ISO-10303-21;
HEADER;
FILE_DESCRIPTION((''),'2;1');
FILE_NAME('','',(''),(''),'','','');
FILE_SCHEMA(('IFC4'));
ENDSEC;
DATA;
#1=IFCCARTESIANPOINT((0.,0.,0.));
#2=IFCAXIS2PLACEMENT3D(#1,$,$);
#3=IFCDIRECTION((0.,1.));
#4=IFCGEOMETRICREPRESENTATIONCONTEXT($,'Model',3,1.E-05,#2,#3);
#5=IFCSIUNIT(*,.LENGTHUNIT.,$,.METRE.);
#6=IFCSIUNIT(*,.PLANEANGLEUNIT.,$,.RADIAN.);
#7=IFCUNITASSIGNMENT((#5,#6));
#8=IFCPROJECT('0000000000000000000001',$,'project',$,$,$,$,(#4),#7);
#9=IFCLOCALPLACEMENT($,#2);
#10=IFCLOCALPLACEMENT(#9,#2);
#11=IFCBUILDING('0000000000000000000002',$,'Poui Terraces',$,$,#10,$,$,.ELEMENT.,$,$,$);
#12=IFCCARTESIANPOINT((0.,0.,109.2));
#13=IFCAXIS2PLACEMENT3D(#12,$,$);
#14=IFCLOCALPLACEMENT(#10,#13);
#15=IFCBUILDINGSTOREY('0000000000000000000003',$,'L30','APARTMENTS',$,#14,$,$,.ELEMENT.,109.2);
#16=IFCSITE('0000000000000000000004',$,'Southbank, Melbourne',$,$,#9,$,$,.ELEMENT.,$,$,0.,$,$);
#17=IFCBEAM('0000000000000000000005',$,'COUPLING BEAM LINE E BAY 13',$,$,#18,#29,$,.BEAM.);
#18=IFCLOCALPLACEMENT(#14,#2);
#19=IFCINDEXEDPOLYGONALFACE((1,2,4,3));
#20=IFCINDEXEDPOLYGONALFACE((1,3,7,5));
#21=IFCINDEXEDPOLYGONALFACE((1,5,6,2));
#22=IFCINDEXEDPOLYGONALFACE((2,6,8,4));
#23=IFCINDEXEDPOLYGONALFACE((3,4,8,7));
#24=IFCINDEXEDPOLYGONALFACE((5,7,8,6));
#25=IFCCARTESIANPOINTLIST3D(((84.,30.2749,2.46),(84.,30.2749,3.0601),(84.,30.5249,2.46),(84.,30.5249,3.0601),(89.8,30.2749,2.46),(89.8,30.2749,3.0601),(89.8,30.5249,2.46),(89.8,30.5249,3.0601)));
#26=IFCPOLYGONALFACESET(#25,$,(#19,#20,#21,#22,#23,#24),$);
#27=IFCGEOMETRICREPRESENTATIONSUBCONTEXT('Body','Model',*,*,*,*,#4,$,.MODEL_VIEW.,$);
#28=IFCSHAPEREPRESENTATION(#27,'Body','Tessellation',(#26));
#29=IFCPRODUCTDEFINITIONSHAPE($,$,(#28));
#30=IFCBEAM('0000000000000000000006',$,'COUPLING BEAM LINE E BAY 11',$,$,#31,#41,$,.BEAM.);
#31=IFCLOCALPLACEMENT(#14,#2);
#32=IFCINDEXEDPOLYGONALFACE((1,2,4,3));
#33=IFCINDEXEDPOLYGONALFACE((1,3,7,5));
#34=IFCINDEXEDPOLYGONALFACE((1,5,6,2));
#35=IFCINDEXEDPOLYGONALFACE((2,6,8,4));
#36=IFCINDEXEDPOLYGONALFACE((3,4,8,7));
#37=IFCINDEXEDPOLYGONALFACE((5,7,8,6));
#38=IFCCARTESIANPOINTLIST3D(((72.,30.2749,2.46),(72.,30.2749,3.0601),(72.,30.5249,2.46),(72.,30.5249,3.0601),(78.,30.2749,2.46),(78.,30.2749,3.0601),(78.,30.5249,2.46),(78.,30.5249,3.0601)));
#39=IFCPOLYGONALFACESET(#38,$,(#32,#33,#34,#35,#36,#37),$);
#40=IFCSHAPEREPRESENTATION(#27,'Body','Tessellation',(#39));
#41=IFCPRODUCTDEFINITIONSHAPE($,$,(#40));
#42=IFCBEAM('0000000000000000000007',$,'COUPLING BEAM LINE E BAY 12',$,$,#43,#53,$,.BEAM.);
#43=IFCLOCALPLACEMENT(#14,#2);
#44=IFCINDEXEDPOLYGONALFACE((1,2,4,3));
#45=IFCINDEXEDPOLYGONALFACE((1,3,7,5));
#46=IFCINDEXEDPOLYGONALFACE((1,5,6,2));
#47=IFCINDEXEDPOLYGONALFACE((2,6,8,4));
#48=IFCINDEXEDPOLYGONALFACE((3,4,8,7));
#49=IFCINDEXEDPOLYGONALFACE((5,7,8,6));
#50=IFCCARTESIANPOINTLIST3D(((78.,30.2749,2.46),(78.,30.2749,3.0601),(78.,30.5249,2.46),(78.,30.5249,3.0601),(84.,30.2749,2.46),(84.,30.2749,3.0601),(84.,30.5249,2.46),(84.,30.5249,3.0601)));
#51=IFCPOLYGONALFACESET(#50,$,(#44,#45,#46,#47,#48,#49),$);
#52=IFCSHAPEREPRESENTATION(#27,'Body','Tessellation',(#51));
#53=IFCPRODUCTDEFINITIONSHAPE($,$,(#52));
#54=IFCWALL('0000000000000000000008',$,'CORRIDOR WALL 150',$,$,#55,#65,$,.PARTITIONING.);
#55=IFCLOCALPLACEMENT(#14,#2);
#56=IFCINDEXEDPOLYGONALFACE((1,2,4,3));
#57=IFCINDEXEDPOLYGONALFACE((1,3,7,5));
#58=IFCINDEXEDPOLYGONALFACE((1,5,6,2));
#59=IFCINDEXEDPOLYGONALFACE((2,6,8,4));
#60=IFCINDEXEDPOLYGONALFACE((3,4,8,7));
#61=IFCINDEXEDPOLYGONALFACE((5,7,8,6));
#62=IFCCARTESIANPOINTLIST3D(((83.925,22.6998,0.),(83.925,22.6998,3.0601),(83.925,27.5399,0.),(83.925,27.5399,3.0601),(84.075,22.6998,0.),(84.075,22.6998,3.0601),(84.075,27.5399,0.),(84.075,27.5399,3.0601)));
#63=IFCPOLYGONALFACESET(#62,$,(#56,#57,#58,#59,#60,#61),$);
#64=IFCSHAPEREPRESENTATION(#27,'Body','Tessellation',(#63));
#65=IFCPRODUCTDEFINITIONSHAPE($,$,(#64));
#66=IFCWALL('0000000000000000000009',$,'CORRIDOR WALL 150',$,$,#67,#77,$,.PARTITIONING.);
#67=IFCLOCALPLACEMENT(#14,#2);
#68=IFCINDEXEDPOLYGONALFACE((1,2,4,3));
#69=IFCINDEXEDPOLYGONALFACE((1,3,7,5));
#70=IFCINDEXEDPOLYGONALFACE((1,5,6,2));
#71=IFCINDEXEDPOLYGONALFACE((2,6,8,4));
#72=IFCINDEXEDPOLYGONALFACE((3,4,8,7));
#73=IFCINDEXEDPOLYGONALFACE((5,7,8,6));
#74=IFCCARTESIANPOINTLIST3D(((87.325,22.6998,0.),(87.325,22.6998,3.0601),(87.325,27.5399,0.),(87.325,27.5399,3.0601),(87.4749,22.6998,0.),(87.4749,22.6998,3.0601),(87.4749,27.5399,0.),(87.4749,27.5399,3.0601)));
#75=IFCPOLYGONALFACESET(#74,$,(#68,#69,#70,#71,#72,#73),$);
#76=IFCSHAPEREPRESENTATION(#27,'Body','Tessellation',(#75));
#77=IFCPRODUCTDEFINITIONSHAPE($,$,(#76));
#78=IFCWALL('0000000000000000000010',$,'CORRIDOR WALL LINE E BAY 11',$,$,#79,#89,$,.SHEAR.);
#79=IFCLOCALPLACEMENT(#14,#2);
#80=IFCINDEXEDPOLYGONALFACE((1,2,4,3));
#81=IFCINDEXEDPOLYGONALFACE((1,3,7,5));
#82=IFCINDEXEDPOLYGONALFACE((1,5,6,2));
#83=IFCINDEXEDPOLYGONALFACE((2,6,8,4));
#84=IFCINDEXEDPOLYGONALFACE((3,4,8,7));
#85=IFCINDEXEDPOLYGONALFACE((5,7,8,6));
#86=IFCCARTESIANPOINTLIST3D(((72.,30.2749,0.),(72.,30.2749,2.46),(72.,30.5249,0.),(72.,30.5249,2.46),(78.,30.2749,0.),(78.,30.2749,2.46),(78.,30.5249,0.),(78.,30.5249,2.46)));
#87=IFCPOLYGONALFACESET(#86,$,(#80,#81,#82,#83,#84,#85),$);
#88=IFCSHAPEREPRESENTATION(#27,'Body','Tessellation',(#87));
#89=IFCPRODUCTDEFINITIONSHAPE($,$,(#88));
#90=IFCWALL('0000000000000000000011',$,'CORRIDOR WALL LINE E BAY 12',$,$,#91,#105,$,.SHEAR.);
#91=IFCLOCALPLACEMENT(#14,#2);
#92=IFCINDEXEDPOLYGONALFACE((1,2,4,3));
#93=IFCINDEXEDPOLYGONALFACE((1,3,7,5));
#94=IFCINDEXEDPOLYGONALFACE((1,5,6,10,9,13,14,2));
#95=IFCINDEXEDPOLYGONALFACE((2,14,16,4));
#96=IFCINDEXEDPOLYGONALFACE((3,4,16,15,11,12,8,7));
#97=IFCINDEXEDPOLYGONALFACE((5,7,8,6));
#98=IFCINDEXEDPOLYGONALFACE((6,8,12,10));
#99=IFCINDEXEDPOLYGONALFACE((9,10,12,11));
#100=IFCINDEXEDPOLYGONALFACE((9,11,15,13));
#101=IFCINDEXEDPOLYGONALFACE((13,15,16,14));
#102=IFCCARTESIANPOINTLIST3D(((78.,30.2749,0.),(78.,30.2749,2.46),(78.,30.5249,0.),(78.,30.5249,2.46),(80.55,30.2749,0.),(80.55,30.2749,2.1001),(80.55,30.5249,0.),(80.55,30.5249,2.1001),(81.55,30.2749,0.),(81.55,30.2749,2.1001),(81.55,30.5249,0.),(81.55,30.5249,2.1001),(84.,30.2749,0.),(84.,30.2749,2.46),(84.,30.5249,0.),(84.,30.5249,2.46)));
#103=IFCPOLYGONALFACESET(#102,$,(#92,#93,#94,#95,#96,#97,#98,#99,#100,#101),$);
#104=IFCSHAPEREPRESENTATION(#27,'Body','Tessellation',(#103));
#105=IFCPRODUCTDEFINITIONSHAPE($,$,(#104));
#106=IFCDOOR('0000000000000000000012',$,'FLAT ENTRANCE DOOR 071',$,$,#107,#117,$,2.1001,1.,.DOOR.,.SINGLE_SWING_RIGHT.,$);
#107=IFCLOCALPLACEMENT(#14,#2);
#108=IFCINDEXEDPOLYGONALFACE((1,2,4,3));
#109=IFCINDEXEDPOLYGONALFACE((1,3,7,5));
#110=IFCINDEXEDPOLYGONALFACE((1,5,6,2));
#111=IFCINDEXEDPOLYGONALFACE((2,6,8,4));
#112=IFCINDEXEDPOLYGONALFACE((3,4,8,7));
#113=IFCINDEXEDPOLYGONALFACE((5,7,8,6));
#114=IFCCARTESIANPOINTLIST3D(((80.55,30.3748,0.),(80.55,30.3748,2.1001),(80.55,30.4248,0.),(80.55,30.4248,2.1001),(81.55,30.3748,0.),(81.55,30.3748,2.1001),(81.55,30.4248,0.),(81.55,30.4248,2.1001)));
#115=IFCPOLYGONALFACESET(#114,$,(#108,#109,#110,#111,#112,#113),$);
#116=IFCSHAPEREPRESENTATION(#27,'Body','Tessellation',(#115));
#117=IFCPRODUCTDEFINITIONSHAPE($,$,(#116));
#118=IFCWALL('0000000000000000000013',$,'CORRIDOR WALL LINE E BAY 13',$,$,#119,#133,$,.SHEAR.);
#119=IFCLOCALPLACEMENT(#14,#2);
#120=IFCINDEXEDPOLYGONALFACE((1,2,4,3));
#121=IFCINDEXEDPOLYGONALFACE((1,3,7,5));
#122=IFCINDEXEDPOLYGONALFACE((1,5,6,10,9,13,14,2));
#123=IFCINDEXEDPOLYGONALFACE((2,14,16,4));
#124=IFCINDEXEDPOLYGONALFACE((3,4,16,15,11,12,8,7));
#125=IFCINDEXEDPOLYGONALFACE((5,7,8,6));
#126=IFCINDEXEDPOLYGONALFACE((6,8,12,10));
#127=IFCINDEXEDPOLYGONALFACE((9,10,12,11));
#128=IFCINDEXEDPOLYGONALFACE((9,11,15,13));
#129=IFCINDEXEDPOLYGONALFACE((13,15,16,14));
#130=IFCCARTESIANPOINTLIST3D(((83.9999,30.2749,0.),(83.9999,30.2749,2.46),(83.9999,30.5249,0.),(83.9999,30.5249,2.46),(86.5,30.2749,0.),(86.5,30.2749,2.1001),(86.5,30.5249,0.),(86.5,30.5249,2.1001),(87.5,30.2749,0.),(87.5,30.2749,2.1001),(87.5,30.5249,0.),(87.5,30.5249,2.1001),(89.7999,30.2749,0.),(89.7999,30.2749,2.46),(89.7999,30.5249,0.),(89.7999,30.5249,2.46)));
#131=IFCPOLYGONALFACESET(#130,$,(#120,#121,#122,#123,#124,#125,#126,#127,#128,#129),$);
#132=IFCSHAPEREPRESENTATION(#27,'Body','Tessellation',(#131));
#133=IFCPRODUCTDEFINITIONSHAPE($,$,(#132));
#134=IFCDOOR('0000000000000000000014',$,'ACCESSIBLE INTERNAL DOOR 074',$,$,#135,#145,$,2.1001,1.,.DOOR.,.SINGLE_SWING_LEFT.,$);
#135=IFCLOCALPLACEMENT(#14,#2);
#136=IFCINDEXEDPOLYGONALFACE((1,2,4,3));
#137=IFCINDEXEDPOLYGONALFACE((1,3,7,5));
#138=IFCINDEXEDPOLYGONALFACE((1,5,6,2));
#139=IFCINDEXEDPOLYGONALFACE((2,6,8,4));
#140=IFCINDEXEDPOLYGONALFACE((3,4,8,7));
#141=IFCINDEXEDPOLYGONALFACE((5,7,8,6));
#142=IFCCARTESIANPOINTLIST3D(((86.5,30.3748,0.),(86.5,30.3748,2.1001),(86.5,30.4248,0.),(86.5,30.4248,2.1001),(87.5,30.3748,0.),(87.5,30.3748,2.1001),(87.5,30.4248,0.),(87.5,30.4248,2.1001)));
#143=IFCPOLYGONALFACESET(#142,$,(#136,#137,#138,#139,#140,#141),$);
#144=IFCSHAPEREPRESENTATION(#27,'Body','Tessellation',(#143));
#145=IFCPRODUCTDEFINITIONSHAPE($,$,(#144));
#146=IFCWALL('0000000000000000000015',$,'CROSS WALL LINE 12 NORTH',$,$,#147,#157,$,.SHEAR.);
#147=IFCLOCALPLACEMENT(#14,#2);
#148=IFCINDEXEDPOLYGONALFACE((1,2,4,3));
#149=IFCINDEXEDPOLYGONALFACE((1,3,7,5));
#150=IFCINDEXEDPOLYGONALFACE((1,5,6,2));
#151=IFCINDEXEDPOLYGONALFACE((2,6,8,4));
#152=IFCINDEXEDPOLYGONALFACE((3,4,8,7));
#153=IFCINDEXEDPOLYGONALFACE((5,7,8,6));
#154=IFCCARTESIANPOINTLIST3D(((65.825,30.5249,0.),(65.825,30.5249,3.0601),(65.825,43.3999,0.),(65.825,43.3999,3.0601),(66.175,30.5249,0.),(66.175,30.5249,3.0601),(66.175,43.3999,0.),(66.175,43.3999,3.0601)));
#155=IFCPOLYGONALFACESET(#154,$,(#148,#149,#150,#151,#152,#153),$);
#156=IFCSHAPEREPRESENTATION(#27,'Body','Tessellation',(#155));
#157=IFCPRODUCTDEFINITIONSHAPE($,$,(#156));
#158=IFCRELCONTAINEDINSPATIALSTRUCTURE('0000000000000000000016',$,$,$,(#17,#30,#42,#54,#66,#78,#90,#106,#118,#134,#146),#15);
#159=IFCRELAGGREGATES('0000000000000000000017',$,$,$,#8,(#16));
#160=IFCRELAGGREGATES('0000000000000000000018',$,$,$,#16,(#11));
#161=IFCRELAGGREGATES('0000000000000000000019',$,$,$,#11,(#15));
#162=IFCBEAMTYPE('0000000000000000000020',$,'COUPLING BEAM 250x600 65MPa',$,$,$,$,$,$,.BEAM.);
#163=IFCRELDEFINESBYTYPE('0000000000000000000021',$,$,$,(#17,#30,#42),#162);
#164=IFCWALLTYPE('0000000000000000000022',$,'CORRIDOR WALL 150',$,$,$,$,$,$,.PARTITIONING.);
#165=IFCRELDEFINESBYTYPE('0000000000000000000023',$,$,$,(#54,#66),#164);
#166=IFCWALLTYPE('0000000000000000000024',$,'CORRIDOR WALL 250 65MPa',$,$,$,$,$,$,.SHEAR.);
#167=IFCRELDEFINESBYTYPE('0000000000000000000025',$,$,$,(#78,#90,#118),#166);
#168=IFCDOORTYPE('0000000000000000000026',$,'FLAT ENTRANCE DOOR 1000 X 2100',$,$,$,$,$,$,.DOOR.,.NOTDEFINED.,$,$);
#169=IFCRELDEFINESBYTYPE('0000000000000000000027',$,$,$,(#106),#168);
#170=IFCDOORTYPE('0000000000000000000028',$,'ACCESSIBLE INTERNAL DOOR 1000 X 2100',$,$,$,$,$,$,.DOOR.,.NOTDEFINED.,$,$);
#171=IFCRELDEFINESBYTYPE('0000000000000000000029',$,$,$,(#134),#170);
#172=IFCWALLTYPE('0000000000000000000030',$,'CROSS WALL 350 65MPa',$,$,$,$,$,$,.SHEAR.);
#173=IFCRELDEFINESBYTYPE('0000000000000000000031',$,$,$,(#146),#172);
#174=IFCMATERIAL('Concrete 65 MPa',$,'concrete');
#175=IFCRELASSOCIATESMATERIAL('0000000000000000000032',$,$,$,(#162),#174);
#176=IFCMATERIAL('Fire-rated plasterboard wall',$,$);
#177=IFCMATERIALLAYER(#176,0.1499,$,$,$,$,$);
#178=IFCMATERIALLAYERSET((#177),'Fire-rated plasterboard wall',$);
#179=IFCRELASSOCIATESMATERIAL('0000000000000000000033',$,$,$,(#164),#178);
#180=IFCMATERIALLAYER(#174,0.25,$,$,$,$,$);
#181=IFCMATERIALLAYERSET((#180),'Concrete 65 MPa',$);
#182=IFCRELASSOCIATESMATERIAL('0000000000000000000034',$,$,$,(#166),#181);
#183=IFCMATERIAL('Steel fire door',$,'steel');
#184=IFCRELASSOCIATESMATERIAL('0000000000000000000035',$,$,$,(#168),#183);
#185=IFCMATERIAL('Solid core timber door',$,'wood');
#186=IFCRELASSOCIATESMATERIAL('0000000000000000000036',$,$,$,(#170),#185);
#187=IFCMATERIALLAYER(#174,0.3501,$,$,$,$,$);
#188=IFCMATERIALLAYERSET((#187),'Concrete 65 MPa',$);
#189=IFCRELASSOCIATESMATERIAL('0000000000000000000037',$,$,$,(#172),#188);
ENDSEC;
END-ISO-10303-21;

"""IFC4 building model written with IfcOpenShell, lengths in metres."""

from ifc_helpers import new_model, si_unit, direction, frame, frame_2d, origin, origin_2d, place, context, subcontext, project, spatial, rectangle, extrude, source, transform, mapped, material, layer, layer_set, material_profile, profile_set, type_object, element, fill, save


model = new_model("IFC4")

# Units and contexts
model_context = context("Model", 3, precision=1e-05, world=origin(), true_north=direction((0.0, 1.0)))
body_context = subcontext(model_context, "Body", "Model", "MODEL_VIEW")
ifc_project = project(units=[si_unit("LENGTHUNIT", "METRE"), si_unit("PLANEANGLEUNIT", "RADIAN")], contexts=[model_context])

# Site, building, storey
site_placement = place(None, origin())
site = spatial("IfcSite", under=ifc_project, at=site_placement, Name="Southbank, Melbourne", CompositionType="ELEMENT", RefElevation=0.0)
building_placement = place(site_placement, origin())
building = spatial("IfcBuilding", under=site, at=building_placement, Name="Poui Terraces", CompositionType="ELEMENT")
storey_placement = place(building_placement, frame((0.0, 0.0, 109.2)))
storey = spatial("IfcBuildingStorey", under=building, at=storey_placement, Name="L30", Description="APARTMENTS", CompositionType="ELEMENT", Elevation=109.2)

# Beams
ifc_material_1 = material(Name="Concrete 65 MPa", Category="concrete")
ifc_material_profile = material_profile(ifc_material_1, rectangle(XDim=0.25, YDim=0.6001, at=origin_2d()), Name="RC 250x600")
ifc_profile_set = profile_set([ifc_material_profile], Name="Concrete 65 MPa")
beam_type = type_object("IfcBeamType", Name="COUPLING BEAM 250x600 65MPa", PredefinedType="BEAM", material=ifc_profile_set)
shared_shape_1 = source(origin(), body_context, "Body", "SweptSolid", [
    extrude(rectangle(XDim=0.25, YDim=0.6001, at=origin_2d()), origin(), (0.0, 0.0, 1.0), 5.8),
])
beam_placement = place(storey_placement, frame((84.0, 30.3999, 2.76), z_axis=(1.0, 0.0, 0.0), x_axis=(0.0, 1.0, 0.0)))
element("IfcBeam", 1, at=beam_placement, inside=storey, type_object=beam_type, Name="COUPLING BEAM LINE E BAY 13", PredefinedType="BEAM", context=body_context, shape_type="MappedRepresentation", body=[
    mapped(shared_shape_1, transform((0.0, 0.0, 0.0))),
])
shared_shape_2 = source(origin(), body_context, "Body", "SweptSolid", [
    extrude(rectangle(XDim=0.25, YDim=0.6001, at=origin_2d()), origin(), (0.0, 0.0, 1.0), 6.0),
])
for number, where, z_axis, x_axis, name in (
    (2, (72.0, 30.3999, 2.76), (1.0, 0.0, 0.0), (0.0, 1.0, 0.0), "COUPLING BEAM LINE E BAY 11"),
    (3, (78.0, 30.3999, 2.76), (1.0, 0.0, 0.0), (0.0, 1.0, 0.0), "COUPLING BEAM LINE E BAY 12"),
):
    element("IfcBeam", number, at=place(storey_placement, frame(where, z_axis=z_axis, x_axis=x_axis)), inside=storey, type_object=beam_type, Name=name, PredefinedType="BEAM", context=body_context, shape_type="MappedRepresentation", body=[
        mapped(shared_shape_2, transform((0.0, 0.0, 0.0))),
    ])

# Walls
ifc_material_2 = material(Name="Fire-rated plasterboard wall")
ifc_layer_1 = layer(ifc_material_2, 0.1499)
ifc_layer_set_1 = layer_set([ifc_layer_1], Name="Fire-rated plasterboard wall")
wall_type_1 = type_object("IfcWallType", Name="CORRIDOR WALL 150", PredefinedType="PARTITIONING", material=ifc_layer_set_1)
for number, where, z_axis, x_axis, name in (
    (4, (84.0, 22.7, 0.0), (0.0, 0.0, 1.0), (0.0, 1.0, 0.0), "CORRIDOR WALL 150"),
    (5, (87.3999, 22.7, 0.0), (0.0, 0.0, 1.0), (0.0, 1.0, 0.0), "CORRIDOR WALL 150"),
):
    element("IfcWall", number, at=place(storey_placement, frame(where, z_axis=z_axis, x_axis=x_axis)), inside=storey, type_object=wall_type_1, Name=name, PredefinedType="PARTITIONING", context=body_context, shape_type="SweptSolid", body=[
        extrude(rectangle(XDim=4.8401, YDim=0.1499, at=frame_2d((2.4199, 0.0))), origin(), (0.0, 0.0, 1.0), 3.0601),
    ])
ifc_layer_2 = layer(ifc_material_1, 0.25)
ifc_layer_set_2 = layer_set([ifc_layer_2], Name="Concrete 65 MPa")
wall_type_2 = type_object("IfcWallType", Name="CORRIDOR WALL 250 65MPa", PredefinedType="SHEAR", material=ifc_layer_set_2)
wall_1_placement = place(storey_placement, frame((72.0, 30.3999, 0.0), z_axis=(0.0, 0.0, 1.0), x_axis=(1.0, 0.0, 0.0)))
element("IfcWall", 6, at=wall_1_placement, inside=storey, type_object=wall_type_2, Name="CORRIDOR WALL LINE E BAY 11", PredefinedType="SHEAR", context=body_context, shape_type="SweptSolid", body=[
    extrude(rectangle(XDim=6.0, YDim=0.25, at=frame_2d((3.0, 0.0))), origin(), (0.0, 0.0, 1.0), 2.46),
])

# Walls, openings, doors
wall_2_placement = place(storey_placement, frame((78.0, 30.3999, 0.0), z_axis=(0.0, 0.0, 1.0), x_axis=(1.0, 0.0, 0.0)))
wall_2 = element("IfcWall", 7, at=wall_2_placement, inside=storey, type_object=wall_type_2, Name="CORRIDOR WALL LINE E BAY 12", PredefinedType="SHEAR", context=body_context, shape_type="SweptSolid", body=[
    extrude(rectangle(XDim=6.0, YDim=0.25, at=frame_2d((3.0, 0.0))), origin(), (0.0, 0.0, 1.0), 2.46),
])
opening_1_placement = place(wall_2_placement, frame((2.55, 0.0, 0.0)))
opening_1 = element("IfcOpeningElement", 8, at=opening_1_placement, cuts=wall_2, PredefinedType="OPENING", context=body_context, shape_type="SweptSolid", body=[
    extrude(rectangle(XDim=1.0, YDim=2.1001, at=frame_2d((0.5, 1.05))), frame((0.0, 0.135, 0.0), z_axis=(0.0, -1.0, 0.0), x_axis=(1.0, 0.0, 0.0)), (0.0, 0.0, 1.0), 0.27),
])
ifc_material_3 = material(Name="Steel fire door", Category="steel")
door_type_1 = type_object("IfcDoorType", Name="FLAT ENTRANCE DOOR 1000 X 2100", OperationType="NOTDEFINED", PredefinedType="DOOR", material=ifc_material_3)
door_1_placement = place(opening_1_placement, origin())
door_1 = element("IfcDoor", 9, at=door_1_placement, inside=storey, type_object=door_type_1, Name="FLAT ENTRANCE DOOR 071", OperationType="SINGLE_SWING_RIGHT", OverallHeight=2.1001, OverallWidth=1.0, PredefinedType="DOOR", context=body_context, shape_type="SweptSolid", body=[
    extrude(rectangle(XDim=1.0, YDim=2.1001, at=frame_2d((0.5, 1.05))), frame((0.0, 0.0249, 0.0), z_axis=(0.0, -1.0, 0.0), x_axis=(1.0, 0.0, 0.0)), (0.0, 0.0, 1.0), 0.05),
])
fill(opening_1, door_1)
wall_3_placement = place(storey_placement, frame((84.0, 30.3999, 0.0), z_axis=(0.0, 0.0, 1.0), x_axis=(1.0, 0.0, 0.0)))
wall_3 = element("IfcWall", 10, at=wall_3_placement, inside=storey, type_object=wall_type_2, Name="CORRIDOR WALL LINE E BAY 13", PredefinedType="SHEAR", context=body_context, shape_type="SweptSolid", body=[
    extrude(rectangle(XDim=5.8, YDim=0.25, at=frame_2d((2.8999, 0.0))), origin(), (0.0, 0.0, 1.0), 2.46),
])
opening_2_placement = place(wall_3_placement, frame((2.5, 0.0, 0.0)))
opening_2 = element("IfcOpeningElement", 11, at=opening_2_placement, cuts=wall_3, PredefinedType="OPENING", context=body_context, shape_type="SweptSolid", body=[
    extrude(rectangle(XDim=1.0, YDim=2.1001, at=frame_2d((0.5, 1.05))), frame((0.0, 0.135, 0.0), z_axis=(0.0, -1.0, 0.0), x_axis=(1.0, 0.0, 0.0)), (0.0, 0.0, 1.0), 0.27),
])
ifc_material_4 = material(Name="Solid core timber door", Category="wood")
door_type_2 = type_object("IfcDoorType", Name="ACCESSIBLE INTERNAL DOOR 1000 X 2100", OperationType="NOTDEFINED", PredefinedType="DOOR", material=ifc_material_4)
door_2_placement = place(opening_2_placement, origin())
door_2 = element("IfcDoor", 12, at=door_2_placement, inside=storey, type_object=door_type_2, Name="ACCESSIBLE INTERNAL DOOR 074", OperationType="SINGLE_SWING_LEFT", OverallHeight=2.1001, OverallWidth=1.0, PredefinedType="DOOR", context=body_context, shape_type="SweptSolid", body=[
    extrude(rectangle(XDim=1.0, YDim=2.1001, at=frame_2d((0.5, 1.05))), frame((0.0, 0.0249, 0.0), z_axis=(0.0, -1.0, 0.0), x_axis=(1.0, 0.0, 0.0)), (0.0, 0.0, 1.0), 0.05),
])
fill(opening_2, door_2)

# Wall
ifc_layer_3 = layer(ifc_material_1, 0.3501)
ifc_layer_set_3 = layer_set([ifc_layer_3], Name="Concrete 65 MPa")
wall_type_3 = type_object("IfcWallType", Name="CROSS WALL 350 65MPa", PredefinedType="SHEAR", material=ifc_layer_set_3)
wall_4_placement = place(storey_placement, frame((66.0, 30.5249, 0.0), z_axis=(0.0, 0.0, 1.0), x_axis=(0.0, 1.0, 0.0)))
element("IfcWall", 13, at=wall_4_placement, inside=storey, type_object=wall_type_3, Name="CROSS WALL LINE 12 NORTH", PredefinedType="SHEAR", context=body_context, shape_type="SweptSolid", body=[
    extrude(rectangle(XDim=12.875, YDim=0.3501, at=frame_2d((6.4375, 0.0))), origin(), (0.0, 0.0, 1.0), 3.0601),
])

save(model, "model.ifc")
